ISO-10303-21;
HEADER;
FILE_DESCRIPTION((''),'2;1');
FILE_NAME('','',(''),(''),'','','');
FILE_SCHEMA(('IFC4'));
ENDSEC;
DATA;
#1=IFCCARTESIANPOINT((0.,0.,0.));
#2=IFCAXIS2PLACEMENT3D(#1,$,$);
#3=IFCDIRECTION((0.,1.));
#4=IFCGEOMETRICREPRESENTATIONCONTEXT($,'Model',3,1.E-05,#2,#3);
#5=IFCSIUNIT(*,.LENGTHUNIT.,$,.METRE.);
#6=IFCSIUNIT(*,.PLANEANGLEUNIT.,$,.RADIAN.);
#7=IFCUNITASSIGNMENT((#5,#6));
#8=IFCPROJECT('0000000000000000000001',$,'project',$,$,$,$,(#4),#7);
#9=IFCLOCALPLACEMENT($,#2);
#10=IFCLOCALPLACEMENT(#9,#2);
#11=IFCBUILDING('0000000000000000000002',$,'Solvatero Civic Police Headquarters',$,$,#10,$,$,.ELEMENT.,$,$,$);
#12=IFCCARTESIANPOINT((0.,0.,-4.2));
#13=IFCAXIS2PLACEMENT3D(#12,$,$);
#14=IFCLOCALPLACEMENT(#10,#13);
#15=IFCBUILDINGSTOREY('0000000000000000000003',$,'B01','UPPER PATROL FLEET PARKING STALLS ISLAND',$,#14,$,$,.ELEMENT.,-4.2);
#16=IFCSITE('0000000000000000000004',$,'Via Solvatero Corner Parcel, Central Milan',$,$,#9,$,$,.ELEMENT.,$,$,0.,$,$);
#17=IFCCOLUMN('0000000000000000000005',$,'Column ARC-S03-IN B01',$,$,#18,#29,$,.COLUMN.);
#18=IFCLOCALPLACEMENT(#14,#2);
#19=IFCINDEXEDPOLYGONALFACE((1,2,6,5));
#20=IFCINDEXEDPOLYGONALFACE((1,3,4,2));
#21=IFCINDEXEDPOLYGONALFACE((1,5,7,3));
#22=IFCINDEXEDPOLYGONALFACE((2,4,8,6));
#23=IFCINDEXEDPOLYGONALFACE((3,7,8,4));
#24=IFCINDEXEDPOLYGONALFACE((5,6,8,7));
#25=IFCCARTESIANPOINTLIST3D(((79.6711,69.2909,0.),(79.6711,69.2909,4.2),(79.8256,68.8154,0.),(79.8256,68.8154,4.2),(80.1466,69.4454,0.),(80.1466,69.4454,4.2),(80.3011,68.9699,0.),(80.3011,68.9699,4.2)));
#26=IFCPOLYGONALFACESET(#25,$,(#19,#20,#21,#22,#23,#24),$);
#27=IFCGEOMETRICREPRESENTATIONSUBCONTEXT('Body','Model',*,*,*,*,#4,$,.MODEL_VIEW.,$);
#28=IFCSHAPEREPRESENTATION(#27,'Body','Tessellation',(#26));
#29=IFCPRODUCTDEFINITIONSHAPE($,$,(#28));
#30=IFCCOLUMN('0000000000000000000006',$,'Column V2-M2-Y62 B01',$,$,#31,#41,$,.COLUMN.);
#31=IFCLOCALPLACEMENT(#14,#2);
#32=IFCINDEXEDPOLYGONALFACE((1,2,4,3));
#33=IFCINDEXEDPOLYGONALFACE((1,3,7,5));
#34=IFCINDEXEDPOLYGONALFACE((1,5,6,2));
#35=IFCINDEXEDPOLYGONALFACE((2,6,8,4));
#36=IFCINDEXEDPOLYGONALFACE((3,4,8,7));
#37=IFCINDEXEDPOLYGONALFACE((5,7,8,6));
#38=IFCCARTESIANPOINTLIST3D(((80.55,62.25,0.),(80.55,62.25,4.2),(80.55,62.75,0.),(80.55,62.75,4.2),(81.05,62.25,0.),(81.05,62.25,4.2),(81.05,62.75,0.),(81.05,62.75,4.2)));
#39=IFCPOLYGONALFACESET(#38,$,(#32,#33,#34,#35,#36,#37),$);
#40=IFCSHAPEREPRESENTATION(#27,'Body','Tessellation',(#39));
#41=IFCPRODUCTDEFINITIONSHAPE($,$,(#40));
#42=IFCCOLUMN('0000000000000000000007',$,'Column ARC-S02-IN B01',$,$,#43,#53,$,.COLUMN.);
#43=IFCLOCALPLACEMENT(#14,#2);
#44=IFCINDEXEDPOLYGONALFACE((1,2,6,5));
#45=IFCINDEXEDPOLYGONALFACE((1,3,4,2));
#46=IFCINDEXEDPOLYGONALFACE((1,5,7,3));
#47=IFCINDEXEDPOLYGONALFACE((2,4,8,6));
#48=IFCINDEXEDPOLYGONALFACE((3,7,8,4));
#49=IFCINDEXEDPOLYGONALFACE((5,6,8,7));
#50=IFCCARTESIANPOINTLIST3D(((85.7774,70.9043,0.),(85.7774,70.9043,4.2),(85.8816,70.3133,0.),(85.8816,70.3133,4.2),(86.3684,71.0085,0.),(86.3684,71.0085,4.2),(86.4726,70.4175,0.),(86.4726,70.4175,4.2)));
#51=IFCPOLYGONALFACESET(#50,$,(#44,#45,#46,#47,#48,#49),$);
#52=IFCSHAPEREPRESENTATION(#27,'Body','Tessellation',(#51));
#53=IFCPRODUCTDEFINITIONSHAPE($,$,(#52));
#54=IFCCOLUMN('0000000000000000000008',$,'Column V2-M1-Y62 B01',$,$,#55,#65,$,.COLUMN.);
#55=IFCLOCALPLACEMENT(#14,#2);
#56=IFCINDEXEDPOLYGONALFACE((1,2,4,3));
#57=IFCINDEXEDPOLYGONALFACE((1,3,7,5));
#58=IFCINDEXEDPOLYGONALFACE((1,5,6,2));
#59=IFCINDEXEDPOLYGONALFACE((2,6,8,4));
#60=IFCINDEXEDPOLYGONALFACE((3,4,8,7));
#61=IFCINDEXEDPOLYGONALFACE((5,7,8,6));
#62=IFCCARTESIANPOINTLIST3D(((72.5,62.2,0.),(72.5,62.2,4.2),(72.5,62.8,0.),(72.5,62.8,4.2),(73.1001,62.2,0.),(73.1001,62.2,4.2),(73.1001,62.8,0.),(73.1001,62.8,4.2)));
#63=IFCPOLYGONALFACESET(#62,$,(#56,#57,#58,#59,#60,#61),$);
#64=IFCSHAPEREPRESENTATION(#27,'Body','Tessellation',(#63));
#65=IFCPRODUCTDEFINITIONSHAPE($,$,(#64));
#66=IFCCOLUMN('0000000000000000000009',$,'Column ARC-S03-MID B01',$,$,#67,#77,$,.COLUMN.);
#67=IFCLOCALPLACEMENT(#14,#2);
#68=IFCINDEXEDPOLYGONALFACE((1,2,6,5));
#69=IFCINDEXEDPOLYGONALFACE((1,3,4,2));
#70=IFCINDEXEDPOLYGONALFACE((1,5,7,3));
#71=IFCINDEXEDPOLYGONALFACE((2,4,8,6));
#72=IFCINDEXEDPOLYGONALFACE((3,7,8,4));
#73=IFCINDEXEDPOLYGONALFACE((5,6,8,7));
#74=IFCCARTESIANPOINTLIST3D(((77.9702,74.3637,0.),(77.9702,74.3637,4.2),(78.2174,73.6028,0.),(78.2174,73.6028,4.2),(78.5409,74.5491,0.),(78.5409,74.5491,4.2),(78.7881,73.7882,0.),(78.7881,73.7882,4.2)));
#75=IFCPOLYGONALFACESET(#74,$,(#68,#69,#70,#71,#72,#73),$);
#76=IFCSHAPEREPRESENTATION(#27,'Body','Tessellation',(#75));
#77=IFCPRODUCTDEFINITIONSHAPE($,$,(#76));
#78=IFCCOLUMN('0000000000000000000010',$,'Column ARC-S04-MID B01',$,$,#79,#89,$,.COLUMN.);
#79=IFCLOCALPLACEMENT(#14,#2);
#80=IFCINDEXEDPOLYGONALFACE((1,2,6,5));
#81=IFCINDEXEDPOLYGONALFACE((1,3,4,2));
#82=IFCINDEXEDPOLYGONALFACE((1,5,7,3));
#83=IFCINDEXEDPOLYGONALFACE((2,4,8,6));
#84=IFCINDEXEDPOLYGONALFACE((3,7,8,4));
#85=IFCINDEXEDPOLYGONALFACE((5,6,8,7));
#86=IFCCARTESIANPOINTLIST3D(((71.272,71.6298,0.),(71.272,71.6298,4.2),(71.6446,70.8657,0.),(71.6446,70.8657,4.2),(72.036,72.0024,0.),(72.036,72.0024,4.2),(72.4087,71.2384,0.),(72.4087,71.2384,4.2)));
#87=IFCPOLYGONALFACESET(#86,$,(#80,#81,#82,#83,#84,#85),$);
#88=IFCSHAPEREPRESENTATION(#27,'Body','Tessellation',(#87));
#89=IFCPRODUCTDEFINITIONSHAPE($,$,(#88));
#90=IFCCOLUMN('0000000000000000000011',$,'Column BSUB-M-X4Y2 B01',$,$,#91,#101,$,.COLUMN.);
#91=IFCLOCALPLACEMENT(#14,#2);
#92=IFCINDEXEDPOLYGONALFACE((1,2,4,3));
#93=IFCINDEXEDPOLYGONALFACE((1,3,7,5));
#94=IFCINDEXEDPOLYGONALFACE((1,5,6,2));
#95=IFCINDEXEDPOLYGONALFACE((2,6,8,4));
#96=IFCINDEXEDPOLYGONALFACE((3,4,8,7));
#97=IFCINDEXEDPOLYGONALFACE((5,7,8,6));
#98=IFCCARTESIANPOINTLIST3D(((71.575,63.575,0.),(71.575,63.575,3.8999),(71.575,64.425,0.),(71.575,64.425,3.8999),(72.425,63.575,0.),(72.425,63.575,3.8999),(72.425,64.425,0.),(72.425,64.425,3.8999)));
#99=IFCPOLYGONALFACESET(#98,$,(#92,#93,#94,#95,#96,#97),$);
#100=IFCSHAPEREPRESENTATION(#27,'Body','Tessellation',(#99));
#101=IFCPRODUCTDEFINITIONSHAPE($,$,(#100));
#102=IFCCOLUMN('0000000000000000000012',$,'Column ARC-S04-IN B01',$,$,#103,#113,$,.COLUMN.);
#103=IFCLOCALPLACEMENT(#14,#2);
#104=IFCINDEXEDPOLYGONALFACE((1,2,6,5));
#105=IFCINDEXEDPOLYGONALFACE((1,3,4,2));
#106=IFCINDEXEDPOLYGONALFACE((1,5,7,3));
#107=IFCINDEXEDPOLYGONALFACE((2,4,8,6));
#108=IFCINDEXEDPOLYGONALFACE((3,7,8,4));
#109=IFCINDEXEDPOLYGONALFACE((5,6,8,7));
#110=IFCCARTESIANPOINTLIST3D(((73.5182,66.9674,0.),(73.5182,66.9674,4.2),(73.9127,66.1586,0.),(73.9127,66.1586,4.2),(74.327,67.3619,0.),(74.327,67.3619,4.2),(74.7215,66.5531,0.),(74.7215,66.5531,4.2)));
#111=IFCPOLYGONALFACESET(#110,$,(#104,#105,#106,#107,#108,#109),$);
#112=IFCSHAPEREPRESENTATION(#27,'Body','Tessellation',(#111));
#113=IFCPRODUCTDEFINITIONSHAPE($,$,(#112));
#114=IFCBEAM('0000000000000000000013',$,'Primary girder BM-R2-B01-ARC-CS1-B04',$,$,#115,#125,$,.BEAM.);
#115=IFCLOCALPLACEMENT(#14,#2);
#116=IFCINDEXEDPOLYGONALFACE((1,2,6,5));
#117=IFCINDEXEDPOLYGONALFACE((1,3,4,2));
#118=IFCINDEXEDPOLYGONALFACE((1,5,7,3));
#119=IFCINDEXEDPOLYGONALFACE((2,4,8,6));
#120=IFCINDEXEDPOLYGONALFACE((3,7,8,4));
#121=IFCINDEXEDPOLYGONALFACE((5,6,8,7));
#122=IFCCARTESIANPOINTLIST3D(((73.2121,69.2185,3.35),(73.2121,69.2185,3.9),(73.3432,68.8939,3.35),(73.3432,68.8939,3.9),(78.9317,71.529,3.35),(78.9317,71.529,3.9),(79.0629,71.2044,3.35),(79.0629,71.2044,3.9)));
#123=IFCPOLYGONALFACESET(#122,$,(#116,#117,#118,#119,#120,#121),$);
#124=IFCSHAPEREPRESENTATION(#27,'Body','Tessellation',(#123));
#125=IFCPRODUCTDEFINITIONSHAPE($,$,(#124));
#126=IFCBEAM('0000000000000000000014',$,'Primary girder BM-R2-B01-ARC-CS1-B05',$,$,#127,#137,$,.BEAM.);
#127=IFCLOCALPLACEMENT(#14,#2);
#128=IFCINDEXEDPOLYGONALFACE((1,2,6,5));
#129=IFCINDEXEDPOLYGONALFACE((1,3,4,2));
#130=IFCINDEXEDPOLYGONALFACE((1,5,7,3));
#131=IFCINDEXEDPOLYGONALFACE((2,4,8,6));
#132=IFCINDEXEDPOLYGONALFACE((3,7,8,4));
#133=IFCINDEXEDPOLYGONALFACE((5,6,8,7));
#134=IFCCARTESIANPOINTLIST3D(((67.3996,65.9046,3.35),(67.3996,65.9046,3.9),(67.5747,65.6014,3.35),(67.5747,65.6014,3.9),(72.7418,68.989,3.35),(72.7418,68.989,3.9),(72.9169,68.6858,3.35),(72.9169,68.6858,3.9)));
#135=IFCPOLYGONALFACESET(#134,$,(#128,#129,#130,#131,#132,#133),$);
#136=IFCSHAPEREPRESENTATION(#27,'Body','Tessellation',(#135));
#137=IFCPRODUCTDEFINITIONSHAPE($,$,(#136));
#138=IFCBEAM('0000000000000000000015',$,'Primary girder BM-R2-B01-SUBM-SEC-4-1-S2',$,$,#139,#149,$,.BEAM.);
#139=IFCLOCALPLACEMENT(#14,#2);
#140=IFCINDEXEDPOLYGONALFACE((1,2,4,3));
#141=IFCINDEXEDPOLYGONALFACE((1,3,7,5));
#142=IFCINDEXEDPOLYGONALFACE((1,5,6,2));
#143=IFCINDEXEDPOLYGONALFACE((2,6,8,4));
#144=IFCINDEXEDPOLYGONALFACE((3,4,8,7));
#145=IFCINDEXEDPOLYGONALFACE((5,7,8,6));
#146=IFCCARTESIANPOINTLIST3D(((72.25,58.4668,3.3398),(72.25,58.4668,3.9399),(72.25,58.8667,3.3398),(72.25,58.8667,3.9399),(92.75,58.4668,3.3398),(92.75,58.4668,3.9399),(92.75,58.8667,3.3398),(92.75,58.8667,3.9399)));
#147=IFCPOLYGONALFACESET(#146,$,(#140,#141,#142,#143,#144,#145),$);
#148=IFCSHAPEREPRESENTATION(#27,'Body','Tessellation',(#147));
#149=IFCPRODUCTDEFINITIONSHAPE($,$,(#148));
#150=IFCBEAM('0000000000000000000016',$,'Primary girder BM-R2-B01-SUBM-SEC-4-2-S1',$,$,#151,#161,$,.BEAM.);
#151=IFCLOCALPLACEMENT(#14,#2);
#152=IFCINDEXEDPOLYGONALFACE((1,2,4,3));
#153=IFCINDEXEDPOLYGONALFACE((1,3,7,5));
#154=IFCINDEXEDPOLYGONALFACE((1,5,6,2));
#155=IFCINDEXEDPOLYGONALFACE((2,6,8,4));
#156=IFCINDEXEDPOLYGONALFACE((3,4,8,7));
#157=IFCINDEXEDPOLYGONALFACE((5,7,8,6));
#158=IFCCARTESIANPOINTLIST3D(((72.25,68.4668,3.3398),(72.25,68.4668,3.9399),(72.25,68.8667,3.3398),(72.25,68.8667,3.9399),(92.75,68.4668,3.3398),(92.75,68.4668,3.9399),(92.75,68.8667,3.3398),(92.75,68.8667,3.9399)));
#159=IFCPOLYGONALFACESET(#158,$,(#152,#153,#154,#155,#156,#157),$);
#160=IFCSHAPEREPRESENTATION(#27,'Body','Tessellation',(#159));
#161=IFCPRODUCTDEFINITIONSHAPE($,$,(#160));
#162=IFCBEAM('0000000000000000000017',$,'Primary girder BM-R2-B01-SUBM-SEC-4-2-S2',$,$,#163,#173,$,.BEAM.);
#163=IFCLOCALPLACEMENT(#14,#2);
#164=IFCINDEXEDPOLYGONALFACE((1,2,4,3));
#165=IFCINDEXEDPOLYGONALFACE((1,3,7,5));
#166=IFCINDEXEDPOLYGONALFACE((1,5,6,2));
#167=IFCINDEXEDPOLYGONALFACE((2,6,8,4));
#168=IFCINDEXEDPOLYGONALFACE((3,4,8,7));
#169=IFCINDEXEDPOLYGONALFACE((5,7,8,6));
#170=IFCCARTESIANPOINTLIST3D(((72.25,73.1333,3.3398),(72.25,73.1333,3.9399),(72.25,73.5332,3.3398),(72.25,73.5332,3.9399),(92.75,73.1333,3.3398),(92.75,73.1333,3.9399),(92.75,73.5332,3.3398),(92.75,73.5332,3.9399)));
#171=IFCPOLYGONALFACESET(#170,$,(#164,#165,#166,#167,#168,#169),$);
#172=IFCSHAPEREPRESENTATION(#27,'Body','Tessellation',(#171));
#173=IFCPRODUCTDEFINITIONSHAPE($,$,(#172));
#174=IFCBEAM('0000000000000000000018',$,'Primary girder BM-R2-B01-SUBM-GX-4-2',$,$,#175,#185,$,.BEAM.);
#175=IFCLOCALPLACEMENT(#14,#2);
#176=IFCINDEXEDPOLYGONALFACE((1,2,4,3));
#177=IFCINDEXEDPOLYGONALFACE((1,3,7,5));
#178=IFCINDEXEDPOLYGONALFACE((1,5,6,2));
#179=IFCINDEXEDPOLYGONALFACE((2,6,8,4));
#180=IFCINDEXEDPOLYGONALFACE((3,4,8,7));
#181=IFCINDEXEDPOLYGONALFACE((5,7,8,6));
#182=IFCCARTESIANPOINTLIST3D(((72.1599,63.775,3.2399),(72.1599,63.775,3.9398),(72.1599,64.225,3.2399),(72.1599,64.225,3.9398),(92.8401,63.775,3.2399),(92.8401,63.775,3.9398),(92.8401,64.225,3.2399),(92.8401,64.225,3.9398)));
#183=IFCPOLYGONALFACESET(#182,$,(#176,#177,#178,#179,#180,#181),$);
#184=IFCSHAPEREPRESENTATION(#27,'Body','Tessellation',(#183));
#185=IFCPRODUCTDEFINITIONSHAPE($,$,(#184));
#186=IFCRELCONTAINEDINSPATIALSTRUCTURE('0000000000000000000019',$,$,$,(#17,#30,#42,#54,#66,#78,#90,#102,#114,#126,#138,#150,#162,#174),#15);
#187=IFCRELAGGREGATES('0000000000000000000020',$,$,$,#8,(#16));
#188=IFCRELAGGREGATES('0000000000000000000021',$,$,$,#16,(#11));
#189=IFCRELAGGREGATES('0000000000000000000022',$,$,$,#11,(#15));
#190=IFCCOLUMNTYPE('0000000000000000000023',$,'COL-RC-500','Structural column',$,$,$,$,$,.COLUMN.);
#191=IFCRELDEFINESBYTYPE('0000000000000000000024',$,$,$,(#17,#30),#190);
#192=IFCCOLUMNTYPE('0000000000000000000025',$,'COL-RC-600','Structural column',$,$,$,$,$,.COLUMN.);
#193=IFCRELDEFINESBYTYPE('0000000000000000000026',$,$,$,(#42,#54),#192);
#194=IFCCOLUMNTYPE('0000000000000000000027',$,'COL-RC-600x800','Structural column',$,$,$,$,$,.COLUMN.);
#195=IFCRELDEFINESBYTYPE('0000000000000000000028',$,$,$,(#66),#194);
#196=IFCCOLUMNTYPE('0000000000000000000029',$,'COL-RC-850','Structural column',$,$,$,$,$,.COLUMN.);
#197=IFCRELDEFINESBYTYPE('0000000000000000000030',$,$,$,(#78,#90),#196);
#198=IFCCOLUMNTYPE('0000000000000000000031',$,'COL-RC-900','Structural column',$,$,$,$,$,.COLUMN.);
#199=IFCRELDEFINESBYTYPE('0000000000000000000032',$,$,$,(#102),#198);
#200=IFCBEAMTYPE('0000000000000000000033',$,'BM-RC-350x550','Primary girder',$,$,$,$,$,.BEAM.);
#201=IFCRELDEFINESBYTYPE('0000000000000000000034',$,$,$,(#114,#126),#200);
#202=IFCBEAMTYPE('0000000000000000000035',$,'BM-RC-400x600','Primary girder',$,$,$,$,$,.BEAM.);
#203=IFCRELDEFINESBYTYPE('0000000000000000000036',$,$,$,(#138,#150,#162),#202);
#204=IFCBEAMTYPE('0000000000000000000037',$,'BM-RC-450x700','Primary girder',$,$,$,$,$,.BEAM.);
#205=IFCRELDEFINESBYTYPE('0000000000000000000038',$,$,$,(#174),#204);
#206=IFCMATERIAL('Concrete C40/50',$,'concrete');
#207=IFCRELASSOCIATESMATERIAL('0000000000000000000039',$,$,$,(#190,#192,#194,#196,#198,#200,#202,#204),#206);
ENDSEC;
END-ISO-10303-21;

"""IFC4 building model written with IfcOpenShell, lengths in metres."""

from ifc_helpers import new_model, si_unit, direction, frame, origin, origin_2d, place, context, subcontext, project, spatial, rectangle, extrude, material, material_profile, profile_set, type_object, element, save


model = new_model("IFC4")

# Units and contexts
model_context = context("Model", 3, precision=1e-05, world=origin(), true_north=direction((0.0, 1.0)))
body_context = subcontext(model_context, "Body", "Model", "MODEL_VIEW")
ifc_project = project(units=[si_unit("LENGTHUNIT", "METRE"), si_unit("PLANEANGLEUNIT", "RADIAN")], contexts=[model_context])

# Site, building, storey
site_placement = place(None, origin())
site = spatial("IfcSite", under=ifc_project, at=site_placement, Name="Via Solvatero Corner Parcel, Central Milan", CompositionType="ELEMENT", RefElevation=0.0)
building_placement = place(site_placement, origin())
building = spatial("IfcBuilding", under=site, at=building_placement, Name="Solvatero Civic Police Headquarters", CompositionType="ELEMENT")
storey_placement = place(building_placement, frame((0.0, 0.0, -4.2)))
storey = spatial("IfcBuildingStorey", under=building, at=storey_placement, Name="B01", Description="UPPER PATROL FLEET PARKING STALLS ISLAND", CompositionType="ELEMENT", Elevation=-4.2)

# Columns
ifc_material_1 = material(Name="Concrete C40/50", Category="concrete")
ifc_material_profile_1 = material_profile(ifc_material_1, rectangle(XDim=0.5, YDim=0.5, at=origin_2d()), Name="RC 500x500")
ifc_profile_set_1 = profile_set([ifc_material_profile_1], Name="Concrete C40/50")
column_type_1 = type_object("IfcColumnType", Name="COL-RC-500", Description="Structural column", PredefinedType="COLUMN", material=ifc_profile_set_1)
for number, where, z_axis, x_axis, name in (
    (1, (79.9861, 69.1304, 0.0), (0.0, 0.0, 1.0), (0.951057, 0.309017, 0.0), "Column ARC-S03-IN B01"),
    (2, (80.8, 62.5, 0.0), (0.0, 0.0, 1.0), (1.0, 0.0, 0.0), "Column V2-M2-Y62 B01"),
):
    element("IfcColumn", number, at=place(storey_placement, frame(where, z_axis=z_axis, x_axis=x_axis)), inside=storey, type_object=column_type_1, Name=name, PredefinedType="COLUMN", context=body_context, shape_type="SweptSolid", body=[
        extrude(rectangle(XDim=0.5, YDim=0.5, at=origin_2d()), origin(), (0.0, 0.0, 1.0), 4.2),
    ])
ifc_material_profile_2 = material_profile(ifc_material_1, rectangle(XDim=0.6001, YDim=0.6001, at=origin_2d()), Name="RC 600x600")
ifc_profile_set_2 = profile_set([ifc_material_profile_2], Name="Concrete C40/50")
column_type_2 = type_object("IfcColumnType", Name="COL-RC-600", Description="Structural column", PredefinedType="COLUMN", material=ifc_profile_set_2)
for number, where, z_axis, x_axis, name in (
    (3, (86.125, 70.6609, 0.0), (0.0, 0.0, 1.0), (0.984808, 0.173648, 0.0), "Column ARC-S02-IN B01"),
    (4, (72.8, 62.5, 0.0), (0.0, 0.0, 1.0), (1.0, 0.0, 0.0), "Column V2-M1-Y62 B01"),
):
    element("IfcColumn", number, at=place(storey_placement, frame(where, z_axis=z_axis, x_axis=x_axis)), inside=storey, type_object=column_type_2, Name=name, PredefinedType="COLUMN", context=body_context, shape_type="SweptSolid", body=[
        extrude(rectangle(XDim=0.6001, YDim=0.6001, at=origin_2d()), origin(), (0.0, 0.0, 1.0), 4.2),
    ])
ifc_material_profile_3 = material_profile(ifc_material_1, rectangle(XDim=0.6001, YDim=0.8, at=origin_2d()), Name="RC 600x800")
ifc_profile_set_3 = profile_set([ifc_material_profile_3], Name="Concrete C40/50")
column_type_3 = type_object("IfcColumnType", Name="COL-RC-600x800", Description="Structural column", PredefinedType="COLUMN", material=ifc_profile_set_3)
column_1_placement = place(storey_placement, frame((78.3792, 74.0759, 0.0), z_axis=(0.0, 0.0, 1.0), x_axis=(0.951057, 0.309017, 0.0)))
element("IfcColumn", 5, at=column_1_placement, inside=storey, type_object=column_type_3, Name="Column ARC-S03-MID B01", PredefinedType="COLUMN", context=body_context, shape_type="SweptSolid", body=[
    extrude(rectangle(XDim=0.6001, YDim=0.8, at=origin_2d()), origin(), (0.0, 0.0, 1.0), 4.2),
])
ifc_material_profile_4 = material_profile(ifc_material_1, rectangle(XDim=0.8501, YDim=0.8501, at=origin_2d()), Name="RC 850x850")
ifc_profile_set_4 = profile_set([ifc_material_profile_4], Name="Concrete C40/50")
column_type_4 = type_object("IfcColumnType", Name="COL-RC-850", Description="Structural column", PredefinedType="COLUMN", material=ifc_profile_set_4)
column_2_placement = place(storey_placement, frame((71.8403, 71.4341, 0.0), z_axis=(0.0, 0.0, 1.0), x_axis=(0.898794, 0.438371, 0.0)))
element("IfcColumn", 6, at=column_2_placement, inside=storey, type_object=column_type_4, Name="Column ARC-S04-MID B01", PredefinedType="COLUMN", context=body_context, shape_type="SweptSolid", body=[
    extrude(rectangle(XDim=0.8501, YDim=0.8501, at=origin_2d()), origin(), (0.0, 0.0, 1.0), 4.2),
])
column_3_placement = place(storey_placement, frame((72.0, 64.0, 0.0), z_axis=(0.0, 0.0, 1.0), x_axis=(1.0, 0.0, 0.0)))
element("IfcColumn", 7, at=column_3_placement, inside=storey, type_object=column_type_4, Name="Column BSUB-M-X4Y2 B01", PredefinedType="COLUMN", context=body_context, shape_type="SweptSolid", body=[
    extrude(rectangle(XDim=0.8501, YDim=0.8501, at=origin_2d()), origin(), (0.0, 0.0, 1.0), 3.8999),
])
ifc_material_profile_5 = material_profile(ifc_material_1, rectangle(XDim=0.8999, YDim=0.8999, at=origin_2d()), Name="RC 900x900")
ifc_profile_set_5 = profile_set([ifc_material_profile_5], Name="Concrete C40/50")
column_type_5 = type_object("IfcColumnType", Name="COL-RC-900", Description="Structural column", PredefinedType="COLUMN", material=ifc_profile_set_5)
column_4_placement = place(storey_placement, frame((74.1199, 66.7603, 0.0), z_axis=(0.0, 0.0, 1.0), x_axis=(0.898794, 0.438371, 0.0)))
element("IfcColumn", 8, at=column_4_placement, inside=storey, type_object=column_type_5, Name="Column ARC-S04-IN B01", PredefinedType="COLUMN", context=body_context, shape_type="SweptSolid", body=[
    extrude(rectangle(XDim=0.8999, YDim=0.8999, at=origin_2d()), origin(), (0.0, 0.0, 1.0), 4.2),
])

# Beams
ifc_material_profile_6 = material_profile(ifc_material_1, rectangle(XDim=0.3501, YDim=0.55, at=origin_2d()), Name="RC 350x550")
ifc_profile_set_6 = profile_set([ifc_material_profile_6], Name="Concrete C40/50")
beam_type_1 = type_object("IfcBeamType", Name="BM-RC-350x550", Description="Primary girder", PredefinedType="BEAM", material=ifc_profile_set_6)
for number, where, z_axis, x_axis, name in (
    (9, (78.9973, 71.3667, 3.625), (-0.927205, -0.374555, 0.0), (0.374555, -0.927205, 0.0), "Primary girder BM-R2-B01-ARC-CS1-B04"),
    (10, (72.8293, 68.8374, 3.625), (-0.866018, -0.500013, 0.0), (0.500013, -0.866018, 0.0), "Primary girder BM-R2-B01-ARC-CS1-B05"),
):
    element("IfcBeam", number, at=place(storey_placement, frame(where, z_axis=z_axis, x_axis=x_axis)), inside=storey, type_object=beam_type_1, Name=name, PredefinedType="BEAM", context=body_context, shape_type="SweptSolid", body=[
        extrude(rectangle(XDim=0.3501, YDim=0.55, at=origin_2d()), origin(), (0.0, 0.0, 1.0), 6.1687),
    ])
ifc_material_profile_7 = material_profile(ifc_material_1, rectangle(XDim=0.3999, YDim=0.6001, at=origin_2d()), Name="RC 400x600")
ifc_profile_set_7 = profile_set([ifc_material_profile_7], Name="Concrete C40/50")
beam_type_2 = type_object("IfcBeamType", Name="BM-RC-400x600", Description="Primary girder", PredefinedType="BEAM", material=ifc_profile_set_7)
for number, where, z_axis, x_axis, name in (
    (11, (72.25, 58.6667, 3.6399), (1.0, 0.0, 0.0), (0.0, 1.0, 0.0), "Primary girder BM-R2-B01-SUBM-SEC-4-1-S2"),
    (12, (72.25, 68.6667, 3.6399), (1.0, 0.0, 0.0), (0.0, 1.0, 0.0), "Primary girder BM-R2-B01-SUBM-SEC-4-2-S1"),
    (13, (72.25, 73.3333, 3.6399), (1.0, 0.0, 0.0), (0.0, 1.0, 0.0), "Primary girder BM-R2-B01-SUBM-SEC-4-2-S2"),
):
    element("IfcBeam", number, at=place(storey_placement, frame(where, z_axis=z_axis, x_axis=x_axis)), inside=storey, type_object=beam_type_2, Name=name, PredefinedType="BEAM", context=body_context, shape_type="SweptSolid", body=[
        extrude(rectangle(XDim=0.3999, YDim=0.6001, at=origin_2d()), origin(), (0.0, 0.0, 1.0), 20.5),
    ])
ifc_material_profile_8 = material_profile(ifc_material_1, rectangle(XDim=0.45, YDim=0.7, at=origin_2d()), Name="RC 450x700")
ifc_profile_set_8 = profile_set([ifc_material_profile_8], Name="Concrete C40/50")
beam_type_3 = type_object("IfcBeamType", Name="BM-RC-450x700", Description="Primary girder", PredefinedType="BEAM", material=ifc_profile_set_8)
beam_1_placement = place(storey_placement, frame((72.1599, 64.0, 3.5898), z_axis=(1.0, 0.0, 0.0), x_axis=(0.0, 1.0, 0.0)))
element("IfcBeam", 14, at=beam_1_placement, inside=storey, type_object=beam_type_3, Name="Primary girder BM-R2-B01-SUBM-GX-4-2", PredefinedType="BEAM", context=body_context, shape_type="SweptSolid", body=[
    extrude(rectangle(XDim=0.45, YDim=0.7, at=origin_2d()), origin(), (0.0, 0.0, 1.0), 20.6802),
])

save(model, "model.ifc")
